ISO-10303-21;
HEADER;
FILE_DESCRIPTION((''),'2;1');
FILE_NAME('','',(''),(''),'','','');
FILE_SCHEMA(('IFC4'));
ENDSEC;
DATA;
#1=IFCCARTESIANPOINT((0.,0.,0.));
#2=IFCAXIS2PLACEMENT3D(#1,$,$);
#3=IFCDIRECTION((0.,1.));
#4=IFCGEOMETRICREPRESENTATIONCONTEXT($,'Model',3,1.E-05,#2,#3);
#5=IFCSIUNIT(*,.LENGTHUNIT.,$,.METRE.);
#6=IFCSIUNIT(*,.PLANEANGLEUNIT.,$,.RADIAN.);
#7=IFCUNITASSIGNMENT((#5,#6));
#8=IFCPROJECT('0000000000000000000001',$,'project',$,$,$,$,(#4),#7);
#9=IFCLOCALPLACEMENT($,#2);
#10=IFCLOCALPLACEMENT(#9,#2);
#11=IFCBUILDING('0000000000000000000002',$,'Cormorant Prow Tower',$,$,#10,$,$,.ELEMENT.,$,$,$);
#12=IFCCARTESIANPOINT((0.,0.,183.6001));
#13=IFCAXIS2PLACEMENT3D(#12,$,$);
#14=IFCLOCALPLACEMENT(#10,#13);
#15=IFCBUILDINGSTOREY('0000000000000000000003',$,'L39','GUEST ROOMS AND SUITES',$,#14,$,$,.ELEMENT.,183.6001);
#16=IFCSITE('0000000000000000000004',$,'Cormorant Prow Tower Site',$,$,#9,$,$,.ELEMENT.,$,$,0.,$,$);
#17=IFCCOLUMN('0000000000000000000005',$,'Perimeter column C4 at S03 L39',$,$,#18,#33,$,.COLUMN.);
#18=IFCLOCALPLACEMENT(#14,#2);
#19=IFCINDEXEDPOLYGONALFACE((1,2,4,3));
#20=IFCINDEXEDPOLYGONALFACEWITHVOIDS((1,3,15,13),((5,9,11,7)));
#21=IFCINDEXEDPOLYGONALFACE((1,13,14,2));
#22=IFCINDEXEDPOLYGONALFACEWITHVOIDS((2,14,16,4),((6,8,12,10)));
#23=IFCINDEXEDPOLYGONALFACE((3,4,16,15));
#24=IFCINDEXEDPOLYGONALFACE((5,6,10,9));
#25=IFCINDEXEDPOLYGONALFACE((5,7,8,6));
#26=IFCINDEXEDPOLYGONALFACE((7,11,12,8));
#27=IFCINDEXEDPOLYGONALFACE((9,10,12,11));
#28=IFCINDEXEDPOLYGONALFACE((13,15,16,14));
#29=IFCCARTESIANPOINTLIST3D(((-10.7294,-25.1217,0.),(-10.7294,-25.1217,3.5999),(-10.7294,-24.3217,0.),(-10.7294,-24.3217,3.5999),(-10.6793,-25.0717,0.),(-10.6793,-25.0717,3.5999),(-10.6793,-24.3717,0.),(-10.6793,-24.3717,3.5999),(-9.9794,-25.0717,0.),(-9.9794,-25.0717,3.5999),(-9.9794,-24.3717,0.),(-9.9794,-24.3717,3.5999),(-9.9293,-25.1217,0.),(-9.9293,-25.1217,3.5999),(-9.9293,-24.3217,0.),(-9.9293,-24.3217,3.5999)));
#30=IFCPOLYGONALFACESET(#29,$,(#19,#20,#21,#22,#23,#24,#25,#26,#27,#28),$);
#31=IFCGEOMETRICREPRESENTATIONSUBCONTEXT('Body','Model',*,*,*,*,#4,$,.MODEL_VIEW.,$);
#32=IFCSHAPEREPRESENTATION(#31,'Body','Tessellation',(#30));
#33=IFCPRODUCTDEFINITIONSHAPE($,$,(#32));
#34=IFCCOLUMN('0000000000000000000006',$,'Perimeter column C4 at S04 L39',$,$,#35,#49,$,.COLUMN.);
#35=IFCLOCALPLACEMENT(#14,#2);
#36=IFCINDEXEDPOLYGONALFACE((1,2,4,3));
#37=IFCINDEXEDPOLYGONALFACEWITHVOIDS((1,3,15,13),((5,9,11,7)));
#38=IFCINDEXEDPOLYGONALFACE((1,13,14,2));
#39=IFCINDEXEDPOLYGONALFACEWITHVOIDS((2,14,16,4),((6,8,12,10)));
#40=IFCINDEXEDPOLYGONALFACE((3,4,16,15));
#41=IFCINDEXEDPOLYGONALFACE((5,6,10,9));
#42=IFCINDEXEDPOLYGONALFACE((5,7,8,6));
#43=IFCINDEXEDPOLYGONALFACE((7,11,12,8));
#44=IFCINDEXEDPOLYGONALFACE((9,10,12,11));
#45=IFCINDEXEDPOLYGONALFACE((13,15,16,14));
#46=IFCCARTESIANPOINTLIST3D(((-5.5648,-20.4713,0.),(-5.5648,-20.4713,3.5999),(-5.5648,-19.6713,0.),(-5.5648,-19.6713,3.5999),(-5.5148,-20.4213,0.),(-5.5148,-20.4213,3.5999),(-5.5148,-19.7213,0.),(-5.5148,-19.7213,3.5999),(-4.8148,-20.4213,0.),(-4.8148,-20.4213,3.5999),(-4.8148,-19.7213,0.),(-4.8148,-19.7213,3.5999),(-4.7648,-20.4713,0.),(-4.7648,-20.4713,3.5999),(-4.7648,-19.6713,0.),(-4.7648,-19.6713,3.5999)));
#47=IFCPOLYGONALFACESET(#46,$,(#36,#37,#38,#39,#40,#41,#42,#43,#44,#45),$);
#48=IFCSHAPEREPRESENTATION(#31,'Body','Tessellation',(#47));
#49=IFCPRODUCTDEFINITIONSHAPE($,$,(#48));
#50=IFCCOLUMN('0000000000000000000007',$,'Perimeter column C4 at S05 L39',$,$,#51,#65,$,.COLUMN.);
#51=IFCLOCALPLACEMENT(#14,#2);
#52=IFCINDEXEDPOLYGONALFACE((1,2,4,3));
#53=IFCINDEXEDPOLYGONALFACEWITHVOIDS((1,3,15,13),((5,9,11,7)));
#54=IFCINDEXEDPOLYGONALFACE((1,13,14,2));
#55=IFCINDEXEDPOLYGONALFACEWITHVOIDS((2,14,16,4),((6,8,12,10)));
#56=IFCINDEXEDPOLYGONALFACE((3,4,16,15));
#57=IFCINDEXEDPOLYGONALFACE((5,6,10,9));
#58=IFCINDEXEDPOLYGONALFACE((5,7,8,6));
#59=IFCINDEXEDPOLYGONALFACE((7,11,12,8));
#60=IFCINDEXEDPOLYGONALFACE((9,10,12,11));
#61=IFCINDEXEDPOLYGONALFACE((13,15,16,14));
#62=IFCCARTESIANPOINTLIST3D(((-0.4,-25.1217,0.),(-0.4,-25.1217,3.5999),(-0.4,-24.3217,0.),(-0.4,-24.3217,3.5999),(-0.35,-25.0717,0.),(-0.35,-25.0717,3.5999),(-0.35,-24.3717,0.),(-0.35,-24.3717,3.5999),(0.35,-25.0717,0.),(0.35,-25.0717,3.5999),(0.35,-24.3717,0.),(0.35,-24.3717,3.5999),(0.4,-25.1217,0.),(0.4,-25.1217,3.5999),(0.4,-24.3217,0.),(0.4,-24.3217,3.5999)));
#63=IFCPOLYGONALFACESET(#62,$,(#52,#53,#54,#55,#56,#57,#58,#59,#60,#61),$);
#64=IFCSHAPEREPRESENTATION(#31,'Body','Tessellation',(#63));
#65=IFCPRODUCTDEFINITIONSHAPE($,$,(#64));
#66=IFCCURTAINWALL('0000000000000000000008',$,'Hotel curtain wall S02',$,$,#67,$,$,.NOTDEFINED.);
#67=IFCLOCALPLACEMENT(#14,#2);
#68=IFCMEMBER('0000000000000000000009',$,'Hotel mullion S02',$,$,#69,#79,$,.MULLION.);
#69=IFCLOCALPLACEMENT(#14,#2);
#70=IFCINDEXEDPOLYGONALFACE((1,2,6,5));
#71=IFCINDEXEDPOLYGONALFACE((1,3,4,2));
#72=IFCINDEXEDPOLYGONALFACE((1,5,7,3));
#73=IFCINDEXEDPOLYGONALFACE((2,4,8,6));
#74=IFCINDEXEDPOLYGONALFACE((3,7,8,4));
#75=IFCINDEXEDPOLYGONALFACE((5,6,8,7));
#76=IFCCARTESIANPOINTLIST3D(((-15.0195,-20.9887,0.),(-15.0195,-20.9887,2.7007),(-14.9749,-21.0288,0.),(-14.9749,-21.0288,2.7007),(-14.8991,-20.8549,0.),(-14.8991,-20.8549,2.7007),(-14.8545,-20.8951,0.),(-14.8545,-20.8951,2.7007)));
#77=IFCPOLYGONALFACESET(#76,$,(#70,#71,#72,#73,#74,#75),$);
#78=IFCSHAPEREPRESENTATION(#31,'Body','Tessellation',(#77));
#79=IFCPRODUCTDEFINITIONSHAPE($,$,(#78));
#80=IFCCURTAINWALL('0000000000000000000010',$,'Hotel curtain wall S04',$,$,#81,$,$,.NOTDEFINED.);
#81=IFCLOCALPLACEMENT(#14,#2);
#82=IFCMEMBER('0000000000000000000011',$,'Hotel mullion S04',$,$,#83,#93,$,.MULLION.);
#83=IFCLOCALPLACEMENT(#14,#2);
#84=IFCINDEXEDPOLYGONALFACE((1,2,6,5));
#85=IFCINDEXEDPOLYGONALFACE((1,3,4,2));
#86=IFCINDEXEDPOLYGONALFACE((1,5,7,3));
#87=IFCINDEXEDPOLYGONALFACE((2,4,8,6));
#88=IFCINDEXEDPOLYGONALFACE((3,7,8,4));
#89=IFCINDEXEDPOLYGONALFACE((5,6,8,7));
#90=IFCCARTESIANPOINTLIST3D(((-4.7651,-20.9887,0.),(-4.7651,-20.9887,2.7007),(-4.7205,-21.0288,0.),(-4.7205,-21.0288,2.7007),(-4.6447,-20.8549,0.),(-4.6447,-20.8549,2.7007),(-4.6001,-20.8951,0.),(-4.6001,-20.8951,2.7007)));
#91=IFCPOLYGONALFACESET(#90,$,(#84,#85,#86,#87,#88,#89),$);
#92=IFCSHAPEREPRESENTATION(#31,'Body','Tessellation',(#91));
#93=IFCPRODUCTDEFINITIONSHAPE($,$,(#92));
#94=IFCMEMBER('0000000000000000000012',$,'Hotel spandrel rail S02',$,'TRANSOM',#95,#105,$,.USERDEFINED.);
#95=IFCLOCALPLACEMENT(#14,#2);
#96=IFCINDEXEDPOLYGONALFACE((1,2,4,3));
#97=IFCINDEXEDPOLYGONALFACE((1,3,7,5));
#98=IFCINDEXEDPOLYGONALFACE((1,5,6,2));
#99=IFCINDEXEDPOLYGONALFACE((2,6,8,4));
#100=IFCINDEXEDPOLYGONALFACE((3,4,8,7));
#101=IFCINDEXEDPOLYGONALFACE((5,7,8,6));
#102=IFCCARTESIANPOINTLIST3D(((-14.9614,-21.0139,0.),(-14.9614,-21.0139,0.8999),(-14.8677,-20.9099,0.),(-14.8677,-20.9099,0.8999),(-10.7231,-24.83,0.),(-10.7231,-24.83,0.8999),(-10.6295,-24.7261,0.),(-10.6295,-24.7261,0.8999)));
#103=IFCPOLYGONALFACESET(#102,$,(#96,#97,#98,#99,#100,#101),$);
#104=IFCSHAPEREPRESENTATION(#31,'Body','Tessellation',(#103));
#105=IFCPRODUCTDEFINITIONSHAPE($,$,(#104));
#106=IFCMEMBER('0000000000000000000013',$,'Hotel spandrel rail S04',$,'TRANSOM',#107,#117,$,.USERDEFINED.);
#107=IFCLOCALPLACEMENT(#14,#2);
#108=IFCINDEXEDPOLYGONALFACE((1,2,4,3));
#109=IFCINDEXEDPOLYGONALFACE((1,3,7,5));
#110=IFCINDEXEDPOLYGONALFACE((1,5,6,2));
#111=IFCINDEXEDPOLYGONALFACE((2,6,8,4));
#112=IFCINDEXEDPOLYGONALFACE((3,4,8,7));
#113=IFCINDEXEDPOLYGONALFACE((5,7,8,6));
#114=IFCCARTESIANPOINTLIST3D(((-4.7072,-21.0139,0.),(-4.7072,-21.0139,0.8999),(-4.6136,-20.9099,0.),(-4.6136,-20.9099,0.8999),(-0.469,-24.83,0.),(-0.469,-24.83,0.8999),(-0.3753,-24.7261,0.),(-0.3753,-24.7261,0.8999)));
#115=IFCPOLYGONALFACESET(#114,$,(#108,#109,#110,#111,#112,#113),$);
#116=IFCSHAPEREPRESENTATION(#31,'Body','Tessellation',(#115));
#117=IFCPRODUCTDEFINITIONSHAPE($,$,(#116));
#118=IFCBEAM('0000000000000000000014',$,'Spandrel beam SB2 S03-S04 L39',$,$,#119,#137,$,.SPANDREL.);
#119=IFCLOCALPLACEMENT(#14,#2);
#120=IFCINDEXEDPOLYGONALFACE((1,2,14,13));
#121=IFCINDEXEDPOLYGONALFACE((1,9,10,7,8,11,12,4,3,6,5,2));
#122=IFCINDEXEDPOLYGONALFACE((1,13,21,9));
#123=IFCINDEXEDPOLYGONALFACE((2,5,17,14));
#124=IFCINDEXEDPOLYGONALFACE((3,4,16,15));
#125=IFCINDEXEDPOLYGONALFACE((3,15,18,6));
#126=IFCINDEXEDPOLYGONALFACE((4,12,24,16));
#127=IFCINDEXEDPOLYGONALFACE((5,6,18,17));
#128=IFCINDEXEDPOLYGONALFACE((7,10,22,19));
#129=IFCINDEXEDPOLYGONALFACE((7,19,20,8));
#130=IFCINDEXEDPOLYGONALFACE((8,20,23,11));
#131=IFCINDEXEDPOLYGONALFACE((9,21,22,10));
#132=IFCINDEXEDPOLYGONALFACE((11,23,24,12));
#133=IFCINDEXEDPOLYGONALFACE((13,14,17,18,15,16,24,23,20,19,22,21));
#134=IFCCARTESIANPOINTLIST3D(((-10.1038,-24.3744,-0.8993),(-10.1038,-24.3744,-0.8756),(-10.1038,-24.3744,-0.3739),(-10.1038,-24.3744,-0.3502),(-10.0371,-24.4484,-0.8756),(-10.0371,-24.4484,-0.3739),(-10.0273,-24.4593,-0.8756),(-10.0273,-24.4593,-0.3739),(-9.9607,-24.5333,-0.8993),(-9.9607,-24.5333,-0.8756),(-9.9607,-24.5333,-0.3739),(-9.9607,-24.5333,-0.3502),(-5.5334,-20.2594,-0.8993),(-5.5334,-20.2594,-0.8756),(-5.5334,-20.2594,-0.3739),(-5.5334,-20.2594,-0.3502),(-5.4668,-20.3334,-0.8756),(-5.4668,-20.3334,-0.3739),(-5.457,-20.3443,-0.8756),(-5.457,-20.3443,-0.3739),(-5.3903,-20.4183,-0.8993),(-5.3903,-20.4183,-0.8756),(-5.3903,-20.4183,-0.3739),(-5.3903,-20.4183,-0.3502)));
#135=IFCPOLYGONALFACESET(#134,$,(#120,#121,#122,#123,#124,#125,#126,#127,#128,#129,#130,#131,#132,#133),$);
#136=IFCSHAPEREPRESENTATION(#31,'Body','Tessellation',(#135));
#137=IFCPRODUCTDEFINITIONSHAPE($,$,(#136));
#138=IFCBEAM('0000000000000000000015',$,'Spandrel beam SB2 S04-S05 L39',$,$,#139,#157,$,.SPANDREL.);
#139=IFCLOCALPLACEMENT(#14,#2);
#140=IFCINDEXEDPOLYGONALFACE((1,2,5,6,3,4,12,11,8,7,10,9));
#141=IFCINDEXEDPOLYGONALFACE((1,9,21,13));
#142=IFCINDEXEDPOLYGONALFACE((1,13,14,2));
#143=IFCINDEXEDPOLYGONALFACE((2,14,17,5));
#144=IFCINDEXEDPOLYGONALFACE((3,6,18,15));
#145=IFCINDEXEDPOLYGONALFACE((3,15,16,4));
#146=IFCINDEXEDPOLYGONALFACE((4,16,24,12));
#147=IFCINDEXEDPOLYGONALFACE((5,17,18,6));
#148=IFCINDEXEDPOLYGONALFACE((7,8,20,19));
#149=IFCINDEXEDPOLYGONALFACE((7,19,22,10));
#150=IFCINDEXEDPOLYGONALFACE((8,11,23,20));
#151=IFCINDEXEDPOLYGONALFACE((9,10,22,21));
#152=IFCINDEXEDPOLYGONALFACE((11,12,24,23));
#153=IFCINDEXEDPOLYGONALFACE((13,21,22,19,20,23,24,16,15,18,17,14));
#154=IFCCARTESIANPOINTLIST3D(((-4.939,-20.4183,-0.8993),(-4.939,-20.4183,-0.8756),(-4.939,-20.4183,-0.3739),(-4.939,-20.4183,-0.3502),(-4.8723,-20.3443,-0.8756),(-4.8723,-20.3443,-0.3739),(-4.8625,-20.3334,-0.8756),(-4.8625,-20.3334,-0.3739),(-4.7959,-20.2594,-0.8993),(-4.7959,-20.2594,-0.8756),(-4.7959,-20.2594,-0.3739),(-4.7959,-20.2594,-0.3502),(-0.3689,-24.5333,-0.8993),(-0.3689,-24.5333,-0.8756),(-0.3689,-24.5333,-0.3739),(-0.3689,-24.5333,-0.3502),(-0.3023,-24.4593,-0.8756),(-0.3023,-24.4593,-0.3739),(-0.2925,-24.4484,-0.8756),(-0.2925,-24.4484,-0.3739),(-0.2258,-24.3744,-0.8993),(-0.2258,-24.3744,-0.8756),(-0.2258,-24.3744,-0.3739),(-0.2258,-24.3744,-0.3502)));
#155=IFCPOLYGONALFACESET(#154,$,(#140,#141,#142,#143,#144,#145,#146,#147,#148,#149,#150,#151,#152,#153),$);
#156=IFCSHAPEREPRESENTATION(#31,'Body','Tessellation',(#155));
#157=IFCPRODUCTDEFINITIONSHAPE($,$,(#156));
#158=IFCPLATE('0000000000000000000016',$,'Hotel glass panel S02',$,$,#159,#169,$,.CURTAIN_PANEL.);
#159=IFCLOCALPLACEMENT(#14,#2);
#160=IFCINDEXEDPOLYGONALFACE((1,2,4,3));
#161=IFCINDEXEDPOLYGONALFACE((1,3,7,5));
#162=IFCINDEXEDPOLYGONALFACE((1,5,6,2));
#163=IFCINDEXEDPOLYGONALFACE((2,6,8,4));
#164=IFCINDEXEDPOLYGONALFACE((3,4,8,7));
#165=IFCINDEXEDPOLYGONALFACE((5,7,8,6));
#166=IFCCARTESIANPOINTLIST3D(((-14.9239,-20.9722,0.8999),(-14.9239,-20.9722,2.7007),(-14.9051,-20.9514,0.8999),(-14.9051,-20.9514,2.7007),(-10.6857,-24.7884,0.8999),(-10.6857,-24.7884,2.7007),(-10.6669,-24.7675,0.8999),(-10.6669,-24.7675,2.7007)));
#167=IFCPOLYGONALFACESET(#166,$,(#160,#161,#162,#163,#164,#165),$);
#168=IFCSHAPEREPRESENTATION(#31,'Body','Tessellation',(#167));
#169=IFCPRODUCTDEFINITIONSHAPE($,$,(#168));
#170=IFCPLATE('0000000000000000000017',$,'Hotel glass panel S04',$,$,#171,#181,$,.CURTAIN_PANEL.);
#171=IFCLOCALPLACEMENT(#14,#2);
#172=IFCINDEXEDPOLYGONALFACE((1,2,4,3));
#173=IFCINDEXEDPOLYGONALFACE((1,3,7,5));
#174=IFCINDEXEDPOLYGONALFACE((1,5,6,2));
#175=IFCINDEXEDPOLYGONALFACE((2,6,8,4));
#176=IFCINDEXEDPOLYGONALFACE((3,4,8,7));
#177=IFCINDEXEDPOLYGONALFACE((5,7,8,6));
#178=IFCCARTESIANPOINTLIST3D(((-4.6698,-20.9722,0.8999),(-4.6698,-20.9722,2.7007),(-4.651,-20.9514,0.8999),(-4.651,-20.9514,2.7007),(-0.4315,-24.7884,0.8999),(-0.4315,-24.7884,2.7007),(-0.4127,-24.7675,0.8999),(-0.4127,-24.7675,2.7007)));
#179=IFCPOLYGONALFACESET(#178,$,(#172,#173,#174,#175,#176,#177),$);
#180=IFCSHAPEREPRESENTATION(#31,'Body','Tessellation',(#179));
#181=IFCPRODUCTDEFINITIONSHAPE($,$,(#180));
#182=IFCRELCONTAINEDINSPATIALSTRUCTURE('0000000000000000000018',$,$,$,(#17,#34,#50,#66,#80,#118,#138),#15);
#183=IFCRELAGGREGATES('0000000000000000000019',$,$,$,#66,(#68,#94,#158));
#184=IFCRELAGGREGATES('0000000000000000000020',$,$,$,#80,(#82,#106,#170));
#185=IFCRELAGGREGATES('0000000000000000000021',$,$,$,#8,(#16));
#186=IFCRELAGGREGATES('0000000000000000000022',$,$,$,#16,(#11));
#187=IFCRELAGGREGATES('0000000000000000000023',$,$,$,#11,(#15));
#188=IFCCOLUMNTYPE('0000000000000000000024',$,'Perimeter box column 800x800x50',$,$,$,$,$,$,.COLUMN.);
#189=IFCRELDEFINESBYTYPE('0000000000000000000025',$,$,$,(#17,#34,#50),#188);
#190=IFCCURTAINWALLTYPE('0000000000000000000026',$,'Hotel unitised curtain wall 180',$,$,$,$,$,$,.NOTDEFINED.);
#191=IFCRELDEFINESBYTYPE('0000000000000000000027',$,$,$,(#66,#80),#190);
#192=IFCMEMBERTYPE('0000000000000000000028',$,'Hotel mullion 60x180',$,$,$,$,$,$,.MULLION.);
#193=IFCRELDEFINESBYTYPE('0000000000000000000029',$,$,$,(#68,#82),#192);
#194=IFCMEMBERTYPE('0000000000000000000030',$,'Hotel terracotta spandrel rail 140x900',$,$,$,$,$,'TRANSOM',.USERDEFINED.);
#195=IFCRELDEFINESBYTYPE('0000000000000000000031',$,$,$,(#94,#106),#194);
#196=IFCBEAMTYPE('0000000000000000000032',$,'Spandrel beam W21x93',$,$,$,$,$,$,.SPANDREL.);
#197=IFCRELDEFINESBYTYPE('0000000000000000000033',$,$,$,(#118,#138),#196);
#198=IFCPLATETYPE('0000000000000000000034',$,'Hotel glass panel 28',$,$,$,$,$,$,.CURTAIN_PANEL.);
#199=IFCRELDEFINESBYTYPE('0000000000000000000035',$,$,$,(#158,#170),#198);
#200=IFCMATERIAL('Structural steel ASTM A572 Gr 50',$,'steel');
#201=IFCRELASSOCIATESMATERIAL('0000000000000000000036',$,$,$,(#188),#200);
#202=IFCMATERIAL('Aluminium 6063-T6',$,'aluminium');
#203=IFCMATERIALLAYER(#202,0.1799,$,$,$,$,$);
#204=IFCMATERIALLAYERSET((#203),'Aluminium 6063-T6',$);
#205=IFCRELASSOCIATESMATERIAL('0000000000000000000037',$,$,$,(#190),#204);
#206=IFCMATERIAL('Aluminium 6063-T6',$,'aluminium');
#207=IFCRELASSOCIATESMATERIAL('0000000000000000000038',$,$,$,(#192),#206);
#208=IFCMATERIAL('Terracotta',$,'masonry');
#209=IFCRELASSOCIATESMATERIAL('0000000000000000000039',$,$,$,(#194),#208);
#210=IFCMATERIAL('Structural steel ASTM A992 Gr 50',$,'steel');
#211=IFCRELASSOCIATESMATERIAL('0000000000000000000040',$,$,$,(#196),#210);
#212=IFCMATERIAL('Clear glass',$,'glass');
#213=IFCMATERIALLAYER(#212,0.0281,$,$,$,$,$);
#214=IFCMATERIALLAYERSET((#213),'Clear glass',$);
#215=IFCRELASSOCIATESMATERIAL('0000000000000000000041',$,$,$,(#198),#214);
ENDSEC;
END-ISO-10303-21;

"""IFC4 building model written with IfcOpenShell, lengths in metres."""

from ifc_helpers import new_model, si_unit, direction, frame, origin, origin_2d, place, context, subcontext, project, spatial, rectangle, hollow_rectangle, i_section, extrude, material, layer, layer_set, material_profile, profile_set, type_object, element, aggregate, save


model = new_model("IFC4")

# Units and contexts
model_context = context("Model", 3, precision=1e-05, world=origin(), true_north=direction((0.0, 1.0)))
body_context = subcontext(model_context, "Body", "Model", "MODEL_VIEW")
ifc_project = project(units=[si_unit("LENGTHUNIT", "METRE"), si_unit("PLANEANGLEUNIT", "RADIAN")], contexts=[model_context])

# Site, building, storey
site_placement = place(None, origin())
site = spatial("IfcSite", under=ifc_project, at=site_placement, Name="Cormorant Prow Tower Site", CompositionType="ELEMENT", RefElevation=0.0)
building_placement = place(site_placement, origin())
building = spatial("IfcBuilding", under=site, at=building_placement, Name="Cormorant Prow Tower", CompositionType="ELEMENT")
storey_placement = place(building_placement, frame((0.0, 0.0, 183.6001)))
storey = spatial("IfcBuildingStorey", under=building, at=storey_placement, Name="L39", Description="GUEST ROOMS AND SUITES", CompositionType="ELEMENT", Elevation=183.6001)

# Columns
ifc_material_1 = material(Name="Structural steel ASTM A572 Gr 50", Category="steel")
ifc_material_profile_1 = material_profile(ifc_material_1, hollow_rectangle(XDim=0.8, YDim=0.8, WallThickness=0.05, at=origin_2d()), Name="Box 800x800x50")
ifc_profile_set_1 = profile_set([ifc_material_profile_1], Name="Structural steel ASTM A572 Gr 50")
column_type = type_object("IfcColumnType", Name="Perimeter box column 800x800x50", PredefinedType="COLUMN", material=ifc_profile_set_1)
for number, where, z_axis, x_axis, name in (
    (1, (-10.3293, -24.7217, 0.0), (0.0, 0.0, 1.0), (1.0, 0.0, 0.0), "Perimeter column C4 at S03 L39"),
    (2, (-5.1648, -20.0713, 0.0), (0.0, 0.0, 1.0), (1.0, 0.0, 0.0), "Perimeter column C4 at S04 L39"),
    (3, (0.0, -24.7217, 0.0), (0.0, 0.0, 1.0), (1.0, 0.0, 0.0), "Perimeter column C4 at S05 L39"),
):
    element("IfcColumn", number, at=place(storey_placement, frame(where, z_axis=z_axis, x_axis=x_axis)), inside=storey, type_object=column_type, Name=name, PredefinedType="COLUMN", context=body_context, shape_type="SweptSolid", body=[
        extrude(hollow_rectangle(XDim=0.8, YDim=0.8, WallThickness=0.05, at=origin_2d()), origin(), (0.0, 0.0, 1.0), 3.5999),
    ])

# Curtain walls, members
ifc_material_2 = material(Name="Aluminium 6063-T6", Category="aluminium")
ifc_layer_1 = layer(ifc_material_2, 0.1799)
ifc_layer_set_1 = layer_set([ifc_layer_1], Name="Aluminium 6063-T6")
curtain_wall_type = type_object("IfcCurtainWallType", Name="Hotel unitised curtain wall 180", PredefinedType="NOTDEFINED", material=ifc_layer_set_1)
curtain_wall_1_placement = place(storey_placement, origin())
curtain_wall_1 = element("IfcCurtainWall", 4, at=curtain_wall_1_placement, inside=storey, type_object=curtain_wall_type, Name="Hotel curtain wall S02", PredefinedType="NOTDEFINED")
ifc_material_3 = material(Name="Aluminium 6063-T6", Category="aluminium")
ifc_material_profile_2 = material_profile(ifc_material_3, rectangle(XDim=0.1799, YDim=0.0601, at=origin_2d()), Name="Hotel mullion 60x180")
ifc_profile_set_2 = profile_set([ifc_material_profile_2], Name="Aluminium 6063-T6")
member_type_1 = type_object("IfcMemberType", Name="Hotel mullion 60x180", PredefinedType="MULLION", material=ifc_profile_set_2)
member_1_placement = place(storey_placement, frame((-14.937, -20.9419, 0.0), z_axis=(0.0, 0.0, 1.0), x_axis=(0.669131, 0.743145, 0.0)))
member_1 = element("IfcMember", 5, at=member_1_placement, type_object=member_type_1, Name="Hotel mullion S02", PredefinedType="MULLION", context=body_context, shape_type="SweptSolid", body=[
    extrude(rectangle(XDim=0.1799, YDim=0.0601, at=origin_2d()), origin(), (0.0, 0.0, 1.0), 2.7007),
])
curtain_wall_2_placement = place(storey_placement, origin())
curtain_wall_2 = element("IfcCurtainWall", 6, at=curtain_wall_2_placement, inside=storey, type_object=curtain_wall_type, Name="Hotel curtain wall S04", PredefinedType="NOTDEFINED")
member_2_placement = place(storey_placement, frame((-4.6826, -20.9419, 0.0), z_axis=(0.0, 0.0, 1.0), x_axis=(0.669131, 0.743145, 0.0)))
member_2 = element("IfcMember", 7, at=member_2_placement, type_object=member_type_1, Name="Hotel mullion S04", PredefinedType="MULLION", context=body_context, shape_type="SweptSolid", body=[
    extrude(rectangle(XDim=0.1799, YDim=0.0601, at=origin_2d()), origin(), (0.0, 0.0, 1.0), 2.7007),
])

# Members
ifc_material_4 = material(Name="Terracotta", Category="masonry")
ifc_material_profile_3 = material_profile(ifc_material_4, rectangle(XDim=0.1399, YDim=0.8999, at=origin_2d()), Name="Hotel terracotta spandrel rail 140x900")
ifc_profile_set_3 = profile_set([ifc_material_profile_3], Name="Terracotta")
member_type_2 = type_object("IfcMemberType", Name="Hotel terracotta spandrel rail 140x900", ElementType="TRANSOM", PredefinedType="USERDEFINED", material=ifc_profile_set_3)
member_3_placement = place(storey_placement, frame((-14.9146, -20.9619, 0.45), z_axis=(0.743145, -0.66913, 0.0), x_axis=(0.66913, 0.743145, 0.0)))
member_3 = element("IfcMember", 8, at=member_3_placement, type_object=member_type_2, Name="Hotel spandrel rail S02", ObjectType="TRANSOM", PredefinedType="USERDEFINED", context=body_context, shape_type="SweptSolid", body=[
    extrude(rectangle(XDim=0.1399, YDim=0.8999, at=origin_2d()), origin(), (0.0, 0.0, 1.0), 5.7031),
])
member_4_placement = place(storey_placement, frame((-4.6604, -20.9619, 0.45), z_axis=(0.743145, -0.66913, 0.0), x_axis=(0.66913, 0.743145, 0.0)))
member_4 = element("IfcMember", 9, at=member_4_placement, type_object=member_type_2, Name="Hotel spandrel rail S04", ObjectType="TRANSOM", PredefinedType="USERDEFINED", context=body_context, shape_type="SweptSolid", body=[
    extrude(rectangle(XDim=0.1399, YDim=0.8999, at=origin_2d()), origin(), (0.0, 0.0, 1.0), 5.7031),
])

# Beams
ifc_material_5 = material(Name="Structural steel ASTM A992 Gr 50", Category="steel")
ifc_material_profile_4 = material_profile(ifc_material_5, i_section(OverallWidth=0.2139, OverallDepth=0.5491, WebThickness=0.0146, FlangeThickness=0.0237, at=origin_2d()), Name="W21x93")
ifc_profile_set_4 = profile_set([ifc_material_profile_4], Name="Structural steel ASTM A992 Gr 50")
beam_type = type_object("IfcBeamType", Name="Spandrel beam W21x93", PredefinedType="SPANDREL", material=ifc_profile_set_4)
beam_1_placement = place(storey_placement, frame((-10.0322, -24.4539, -0.6248), z_axis=(0.743156, 0.669118, 0.0), x_axis=(-0.669118, 0.743156, 0.0)))
element("IfcBeam", 10, at=beam_1_placement, inside=storey, type_object=beam_type, Name="Spandrel beam SB2 S03-S04 L39", PredefinedType="SPANDREL", context=body_context, shape_type="SweptSolid", body=[
    extrude(i_section(OverallWidth=0.2139, OverallDepth=0.5491, WebThickness=0.0146, FlangeThickness=0.0237, at=origin_2d()), origin(), (0.0, 0.0, 1.0), 6.1499),
])
beam_2_placement = place(storey_placement, frame((-4.8674, -20.3389, -0.6248), z_axis=(0.743138, -0.669138, 0.0), x_axis=(0.669138, 0.743138, 0.0)))
element("IfcBeam", 11, at=beam_2_placement, inside=storey, type_object=beam_type, Name="Spandrel beam SB2 S04-S05 L39", PredefinedType="SPANDREL", context=body_context, shape_type="SweptSolid", body=[
    extrude(i_section(OverallWidth=0.2139, OverallDepth=0.5491, WebThickness=0.0146, FlangeThickness=0.0237, at=origin_2d()), origin(), (0.0, 0.0, 1.0), 6.1497),
])

# Plates
ifc_material_6 = material(Name="Clear glass", Category="glass")
ifc_layer_2 = layer(ifc_material_6, 0.0281)
ifc_layer_set_2 = layer_set([ifc_layer_2], Name="Clear glass")
plate_type = type_object("IfcPlateType", Name="Hotel glass panel 28", PredefinedType="CURTAIN_PANEL", material=ifc_layer_set_2)
plate_1_placement = place(storey_placement, frame((-12.7954, -22.8699, 0.8999), z_axis=(0.0, 0.0, 1.0), x_axis=(0.743145, -0.669131, 0.0)))
plate_1 = element("IfcPlate", 12, at=plate_1_placement, type_object=plate_type, Name="Hotel glass panel S02", PredefinedType="CURTAIN_PANEL", context=body_context, shape_type="SweptSolid", body=[
    extrude(rectangle(XDim=5.7031, YDim=0.0281, at=origin_2d()), origin(), (0.0, 0.0, 1.0), 1.8008),
])
aggregate(curtain_wall_1, [member_1, member_3, plate_1])
plate_2_placement = place(storey_placement, frame((-2.5413, -22.8699, 0.8999), z_axis=(0.0, 0.0, 1.0), x_axis=(0.743145, -0.669131, 0.0)))
plate_2 = element("IfcPlate", 13, at=plate_2_placement, type_object=plate_type, Name="Hotel glass panel S04", PredefinedType="CURTAIN_PANEL", context=body_context, shape_type="SweptSolid", body=[
    extrude(rectangle(XDim=5.7031, YDim=0.0281, at=origin_2d()), origin(), (0.0, 0.0, 1.0), 1.8008),
])
aggregate(curtain_wall_2, [member_2, member_4, plate_2])

save(model, "model.ifc")
